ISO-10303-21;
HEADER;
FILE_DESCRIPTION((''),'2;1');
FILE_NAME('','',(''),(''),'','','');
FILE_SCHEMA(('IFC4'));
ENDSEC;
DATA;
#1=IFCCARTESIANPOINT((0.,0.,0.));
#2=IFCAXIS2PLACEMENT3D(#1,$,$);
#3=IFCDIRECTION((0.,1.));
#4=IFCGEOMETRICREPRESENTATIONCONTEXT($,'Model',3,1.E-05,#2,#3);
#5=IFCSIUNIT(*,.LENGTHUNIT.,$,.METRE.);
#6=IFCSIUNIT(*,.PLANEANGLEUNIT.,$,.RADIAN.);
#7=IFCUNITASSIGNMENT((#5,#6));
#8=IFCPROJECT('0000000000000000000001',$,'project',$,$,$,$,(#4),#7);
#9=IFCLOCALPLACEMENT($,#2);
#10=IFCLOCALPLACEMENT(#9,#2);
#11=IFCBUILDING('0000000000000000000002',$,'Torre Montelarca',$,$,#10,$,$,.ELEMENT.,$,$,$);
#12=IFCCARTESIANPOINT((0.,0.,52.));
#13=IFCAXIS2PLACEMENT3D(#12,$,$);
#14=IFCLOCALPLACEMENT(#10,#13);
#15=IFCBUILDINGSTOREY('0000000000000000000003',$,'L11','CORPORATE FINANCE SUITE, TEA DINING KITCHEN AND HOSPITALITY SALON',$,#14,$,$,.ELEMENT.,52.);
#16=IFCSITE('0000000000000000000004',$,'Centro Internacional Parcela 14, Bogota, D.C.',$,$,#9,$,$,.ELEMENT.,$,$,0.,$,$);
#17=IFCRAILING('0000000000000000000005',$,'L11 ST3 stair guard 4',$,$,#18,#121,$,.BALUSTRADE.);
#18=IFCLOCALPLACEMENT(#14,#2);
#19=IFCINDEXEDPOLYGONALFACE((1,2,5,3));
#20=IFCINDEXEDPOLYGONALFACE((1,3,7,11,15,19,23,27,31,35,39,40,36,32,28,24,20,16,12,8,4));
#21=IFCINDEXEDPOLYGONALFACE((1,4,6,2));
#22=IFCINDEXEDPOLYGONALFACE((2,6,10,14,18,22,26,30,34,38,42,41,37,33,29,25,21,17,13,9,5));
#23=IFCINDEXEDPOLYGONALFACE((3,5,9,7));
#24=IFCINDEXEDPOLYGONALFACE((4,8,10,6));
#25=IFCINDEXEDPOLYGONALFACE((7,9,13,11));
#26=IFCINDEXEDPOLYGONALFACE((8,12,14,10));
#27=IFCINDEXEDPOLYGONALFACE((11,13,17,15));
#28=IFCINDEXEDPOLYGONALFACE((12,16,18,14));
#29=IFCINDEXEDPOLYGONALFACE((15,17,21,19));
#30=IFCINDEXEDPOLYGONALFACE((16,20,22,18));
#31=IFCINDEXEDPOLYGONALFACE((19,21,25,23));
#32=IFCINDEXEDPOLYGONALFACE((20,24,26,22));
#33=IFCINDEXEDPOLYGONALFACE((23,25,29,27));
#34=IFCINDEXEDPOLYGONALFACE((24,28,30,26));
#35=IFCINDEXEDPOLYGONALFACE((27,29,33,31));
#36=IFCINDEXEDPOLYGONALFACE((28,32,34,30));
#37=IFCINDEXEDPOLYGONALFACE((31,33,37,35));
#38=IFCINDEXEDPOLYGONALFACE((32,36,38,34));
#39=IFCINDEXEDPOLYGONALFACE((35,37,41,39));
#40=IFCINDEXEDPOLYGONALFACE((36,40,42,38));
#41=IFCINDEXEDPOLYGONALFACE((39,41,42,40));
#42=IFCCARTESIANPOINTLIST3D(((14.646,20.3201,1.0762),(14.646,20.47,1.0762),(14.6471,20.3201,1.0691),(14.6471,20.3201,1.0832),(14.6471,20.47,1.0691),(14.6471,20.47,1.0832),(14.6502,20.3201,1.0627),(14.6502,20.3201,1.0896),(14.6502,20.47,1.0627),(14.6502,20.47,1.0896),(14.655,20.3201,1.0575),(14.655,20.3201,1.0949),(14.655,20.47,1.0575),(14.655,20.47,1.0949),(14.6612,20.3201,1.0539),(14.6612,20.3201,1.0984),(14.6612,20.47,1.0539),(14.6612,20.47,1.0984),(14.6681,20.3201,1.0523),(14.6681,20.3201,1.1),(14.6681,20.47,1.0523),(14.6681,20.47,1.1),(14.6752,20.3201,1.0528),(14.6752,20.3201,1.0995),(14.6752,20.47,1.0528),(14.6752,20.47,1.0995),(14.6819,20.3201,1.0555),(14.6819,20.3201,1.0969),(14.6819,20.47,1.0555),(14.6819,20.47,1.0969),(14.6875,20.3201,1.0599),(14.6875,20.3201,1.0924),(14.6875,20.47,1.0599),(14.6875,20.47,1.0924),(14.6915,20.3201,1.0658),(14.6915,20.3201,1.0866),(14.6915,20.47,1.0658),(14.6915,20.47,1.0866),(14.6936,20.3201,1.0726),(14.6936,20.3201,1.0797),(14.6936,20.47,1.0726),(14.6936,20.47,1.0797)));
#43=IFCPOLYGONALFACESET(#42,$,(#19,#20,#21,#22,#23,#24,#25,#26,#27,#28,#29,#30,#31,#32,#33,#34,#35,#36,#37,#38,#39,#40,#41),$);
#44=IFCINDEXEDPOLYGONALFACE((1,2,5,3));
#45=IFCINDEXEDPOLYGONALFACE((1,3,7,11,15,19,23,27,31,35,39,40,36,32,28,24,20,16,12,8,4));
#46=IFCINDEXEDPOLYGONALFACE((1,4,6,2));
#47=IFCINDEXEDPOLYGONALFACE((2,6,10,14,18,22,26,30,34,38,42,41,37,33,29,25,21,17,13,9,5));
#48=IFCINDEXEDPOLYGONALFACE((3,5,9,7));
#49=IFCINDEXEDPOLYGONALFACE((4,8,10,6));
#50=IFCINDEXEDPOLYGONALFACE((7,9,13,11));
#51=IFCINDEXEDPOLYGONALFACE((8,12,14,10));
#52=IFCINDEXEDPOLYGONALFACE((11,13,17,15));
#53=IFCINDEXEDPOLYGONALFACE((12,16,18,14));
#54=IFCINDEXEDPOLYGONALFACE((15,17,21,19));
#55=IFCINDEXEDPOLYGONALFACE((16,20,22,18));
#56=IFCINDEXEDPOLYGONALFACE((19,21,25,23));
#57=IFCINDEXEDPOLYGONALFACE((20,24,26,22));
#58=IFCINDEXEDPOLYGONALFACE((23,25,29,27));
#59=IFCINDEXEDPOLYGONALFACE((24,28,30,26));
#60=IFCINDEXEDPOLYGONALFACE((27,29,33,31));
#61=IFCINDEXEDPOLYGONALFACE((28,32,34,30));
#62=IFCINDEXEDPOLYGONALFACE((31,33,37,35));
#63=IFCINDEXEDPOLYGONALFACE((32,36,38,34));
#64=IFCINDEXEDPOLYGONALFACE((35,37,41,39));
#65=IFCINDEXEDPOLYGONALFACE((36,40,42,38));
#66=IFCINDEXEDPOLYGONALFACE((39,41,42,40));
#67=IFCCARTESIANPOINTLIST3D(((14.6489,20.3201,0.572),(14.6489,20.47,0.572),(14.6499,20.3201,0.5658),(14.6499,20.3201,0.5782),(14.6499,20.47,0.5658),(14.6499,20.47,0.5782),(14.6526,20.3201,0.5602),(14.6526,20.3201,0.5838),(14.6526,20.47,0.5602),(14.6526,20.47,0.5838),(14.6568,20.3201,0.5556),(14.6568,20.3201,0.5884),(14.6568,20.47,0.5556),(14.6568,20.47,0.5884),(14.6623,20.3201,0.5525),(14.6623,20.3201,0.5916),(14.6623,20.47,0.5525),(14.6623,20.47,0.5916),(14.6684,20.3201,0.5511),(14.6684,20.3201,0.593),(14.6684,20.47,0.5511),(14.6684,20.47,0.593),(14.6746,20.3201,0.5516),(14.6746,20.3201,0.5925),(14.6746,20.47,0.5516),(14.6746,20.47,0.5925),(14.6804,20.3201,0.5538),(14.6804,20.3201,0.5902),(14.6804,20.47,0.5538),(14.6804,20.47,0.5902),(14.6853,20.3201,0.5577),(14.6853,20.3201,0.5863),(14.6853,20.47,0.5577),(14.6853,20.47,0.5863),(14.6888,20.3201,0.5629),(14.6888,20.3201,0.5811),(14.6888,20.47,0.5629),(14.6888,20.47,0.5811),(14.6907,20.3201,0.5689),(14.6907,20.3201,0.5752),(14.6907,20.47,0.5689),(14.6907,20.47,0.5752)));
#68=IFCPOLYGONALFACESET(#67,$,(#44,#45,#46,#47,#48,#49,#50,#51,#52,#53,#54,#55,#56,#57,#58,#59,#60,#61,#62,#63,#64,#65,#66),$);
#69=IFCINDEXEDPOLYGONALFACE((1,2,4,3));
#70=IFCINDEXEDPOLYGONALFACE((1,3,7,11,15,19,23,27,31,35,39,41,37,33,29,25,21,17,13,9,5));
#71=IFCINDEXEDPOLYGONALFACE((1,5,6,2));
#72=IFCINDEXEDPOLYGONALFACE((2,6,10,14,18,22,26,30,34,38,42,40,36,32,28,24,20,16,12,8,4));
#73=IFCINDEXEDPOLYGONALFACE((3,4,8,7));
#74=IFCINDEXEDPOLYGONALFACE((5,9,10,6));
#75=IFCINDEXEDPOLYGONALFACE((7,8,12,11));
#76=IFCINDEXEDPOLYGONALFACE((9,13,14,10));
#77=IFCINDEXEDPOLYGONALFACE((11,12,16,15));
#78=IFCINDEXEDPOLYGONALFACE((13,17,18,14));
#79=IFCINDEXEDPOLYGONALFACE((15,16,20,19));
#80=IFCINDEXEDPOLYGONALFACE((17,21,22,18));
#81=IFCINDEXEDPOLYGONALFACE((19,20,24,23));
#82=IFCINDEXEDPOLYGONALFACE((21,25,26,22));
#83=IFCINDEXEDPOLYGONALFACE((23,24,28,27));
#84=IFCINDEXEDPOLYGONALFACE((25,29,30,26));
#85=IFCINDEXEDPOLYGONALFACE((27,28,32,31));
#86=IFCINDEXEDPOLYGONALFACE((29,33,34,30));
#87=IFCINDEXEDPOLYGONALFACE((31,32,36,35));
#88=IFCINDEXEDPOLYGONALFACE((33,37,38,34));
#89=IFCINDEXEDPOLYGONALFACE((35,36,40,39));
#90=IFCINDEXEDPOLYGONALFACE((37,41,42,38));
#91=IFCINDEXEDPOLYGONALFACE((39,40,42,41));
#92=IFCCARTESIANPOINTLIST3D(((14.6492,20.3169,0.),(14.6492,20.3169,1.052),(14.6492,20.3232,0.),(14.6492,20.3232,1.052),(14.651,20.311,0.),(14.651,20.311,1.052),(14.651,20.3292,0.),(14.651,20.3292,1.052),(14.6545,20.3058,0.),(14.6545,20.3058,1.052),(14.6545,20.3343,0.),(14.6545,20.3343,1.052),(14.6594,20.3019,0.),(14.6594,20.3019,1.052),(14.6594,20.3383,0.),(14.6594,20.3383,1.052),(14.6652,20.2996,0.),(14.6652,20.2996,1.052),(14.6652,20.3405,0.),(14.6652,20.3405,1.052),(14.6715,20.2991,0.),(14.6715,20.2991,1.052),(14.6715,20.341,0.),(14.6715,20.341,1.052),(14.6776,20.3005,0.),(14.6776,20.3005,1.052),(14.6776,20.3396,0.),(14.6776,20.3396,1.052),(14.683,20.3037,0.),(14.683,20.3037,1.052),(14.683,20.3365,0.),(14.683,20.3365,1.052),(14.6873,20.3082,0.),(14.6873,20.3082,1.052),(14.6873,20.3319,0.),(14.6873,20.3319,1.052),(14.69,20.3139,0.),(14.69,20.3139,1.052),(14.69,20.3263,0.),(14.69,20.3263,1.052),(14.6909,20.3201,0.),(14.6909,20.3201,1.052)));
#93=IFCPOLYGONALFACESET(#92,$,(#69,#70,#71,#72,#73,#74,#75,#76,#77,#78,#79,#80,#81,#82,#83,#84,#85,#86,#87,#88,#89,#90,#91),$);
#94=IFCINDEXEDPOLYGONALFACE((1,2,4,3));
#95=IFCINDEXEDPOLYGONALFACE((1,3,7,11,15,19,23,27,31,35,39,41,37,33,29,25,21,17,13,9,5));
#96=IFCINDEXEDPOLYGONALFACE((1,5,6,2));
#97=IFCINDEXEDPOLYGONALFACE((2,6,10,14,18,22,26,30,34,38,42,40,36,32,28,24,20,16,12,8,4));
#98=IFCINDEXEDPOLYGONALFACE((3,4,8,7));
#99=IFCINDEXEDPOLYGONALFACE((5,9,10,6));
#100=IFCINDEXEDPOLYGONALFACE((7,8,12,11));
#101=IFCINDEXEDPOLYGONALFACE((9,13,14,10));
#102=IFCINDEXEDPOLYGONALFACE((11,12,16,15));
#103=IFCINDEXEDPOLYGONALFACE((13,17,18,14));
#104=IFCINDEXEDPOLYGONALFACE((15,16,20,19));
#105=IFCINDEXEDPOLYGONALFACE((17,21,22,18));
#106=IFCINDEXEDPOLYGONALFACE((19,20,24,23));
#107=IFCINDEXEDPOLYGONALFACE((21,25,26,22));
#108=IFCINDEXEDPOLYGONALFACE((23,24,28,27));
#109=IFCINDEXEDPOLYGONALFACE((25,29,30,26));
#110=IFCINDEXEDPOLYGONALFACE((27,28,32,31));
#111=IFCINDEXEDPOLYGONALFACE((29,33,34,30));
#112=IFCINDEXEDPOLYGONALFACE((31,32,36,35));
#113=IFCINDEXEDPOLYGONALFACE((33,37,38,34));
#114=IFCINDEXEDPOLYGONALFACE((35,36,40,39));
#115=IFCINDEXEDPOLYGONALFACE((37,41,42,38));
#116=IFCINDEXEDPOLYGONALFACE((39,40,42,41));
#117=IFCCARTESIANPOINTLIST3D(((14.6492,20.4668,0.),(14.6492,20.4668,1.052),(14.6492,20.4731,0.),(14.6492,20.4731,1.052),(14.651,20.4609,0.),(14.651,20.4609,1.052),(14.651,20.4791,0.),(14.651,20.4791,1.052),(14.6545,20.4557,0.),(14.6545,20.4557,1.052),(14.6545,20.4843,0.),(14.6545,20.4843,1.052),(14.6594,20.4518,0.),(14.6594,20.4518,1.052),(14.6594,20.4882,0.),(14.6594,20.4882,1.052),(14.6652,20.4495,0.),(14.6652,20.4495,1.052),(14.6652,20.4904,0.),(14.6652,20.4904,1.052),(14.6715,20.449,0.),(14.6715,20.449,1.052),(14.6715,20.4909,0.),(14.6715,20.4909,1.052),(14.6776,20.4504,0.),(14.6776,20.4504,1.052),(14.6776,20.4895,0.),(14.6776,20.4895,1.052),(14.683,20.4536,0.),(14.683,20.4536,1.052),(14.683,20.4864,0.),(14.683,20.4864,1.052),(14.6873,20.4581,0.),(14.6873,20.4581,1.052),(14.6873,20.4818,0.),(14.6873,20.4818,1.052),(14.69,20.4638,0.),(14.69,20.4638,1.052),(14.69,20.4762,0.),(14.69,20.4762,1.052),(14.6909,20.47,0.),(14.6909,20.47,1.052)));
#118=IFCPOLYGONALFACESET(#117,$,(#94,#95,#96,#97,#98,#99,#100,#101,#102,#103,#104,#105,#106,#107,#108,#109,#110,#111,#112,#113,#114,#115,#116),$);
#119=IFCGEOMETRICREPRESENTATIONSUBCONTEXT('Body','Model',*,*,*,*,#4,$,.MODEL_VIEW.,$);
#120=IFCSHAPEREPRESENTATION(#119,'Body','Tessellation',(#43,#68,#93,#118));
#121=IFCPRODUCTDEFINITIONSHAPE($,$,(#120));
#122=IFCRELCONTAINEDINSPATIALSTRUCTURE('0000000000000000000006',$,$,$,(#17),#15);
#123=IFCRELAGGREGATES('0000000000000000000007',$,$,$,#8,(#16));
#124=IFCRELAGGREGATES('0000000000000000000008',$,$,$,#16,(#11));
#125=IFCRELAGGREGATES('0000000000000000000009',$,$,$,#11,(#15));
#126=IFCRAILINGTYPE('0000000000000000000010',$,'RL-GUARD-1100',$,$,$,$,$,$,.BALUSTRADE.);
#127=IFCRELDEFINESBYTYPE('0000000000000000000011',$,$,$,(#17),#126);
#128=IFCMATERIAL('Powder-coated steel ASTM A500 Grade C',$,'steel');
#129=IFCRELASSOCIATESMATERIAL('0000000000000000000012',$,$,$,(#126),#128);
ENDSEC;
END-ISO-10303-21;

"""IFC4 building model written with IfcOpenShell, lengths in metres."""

from ifc_helpers import new_model, si_unit, direction, frame, origin, origin_2d, place, context, subcontext, project, spatial, circle, extrude, material, type_object, element, save


model = new_model("IFC4")

# Units and contexts
model_context = context("Model", 3, precision=1e-05, world=origin(), true_north=direction((0.0, 1.0)))
body_context = subcontext(model_context, "Body", "Model", "MODEL_VIEW")
ifc_project = project(units=[si_unit("LENGTHUNIT", "METRE"), si_unit("PLANEANGLEUNIT", "RADIAN")], contexts=[model_context])

# Site, building, storey
site_placement = place(None, origin())
site = spatial("IfcSite", under=ifc_project, at=site_placement, Name="Centro Internacional Parcela 14, Bogota, D.C.", CompositionType="ELEMENT", RefElevation=0.0)
building_placement = place(site_placement, origin())
building = spatial("IfcBuilding", under=site, at=building_placement, Name="Torre Montelarca", CompositionType="ELEMENT")
storey_placement = place(building_placement, frame((0.0, 0.0, 52.0)))
storey = spatial("IfcBuildingStorey", under=building, at=storey_placement, Name="L11", Description="CORPORATE FINANCE SUITE, TEA DINING KITCHEN AND HOSPITALITY SALON", CompositionType="ELEMENT", Elevation=52.0)

# Railing
ifc_material_1 = material(Name="Powder-coated steel ASTM A500 Grade C", Category="steel")
railing_type_1 = type_object("IfcRailingType", Name="RL-GUARD-1100", PredefinedType="BALUSTRADE", material=ifc_material_1)
railing_1_placement = place(storey_placement, frame((14.6699, 20.3201, 0.0)))
element("IfcRailing", 1, at=railing_1_placement, inside=storey, type_object=railing_type_1, Name="L11 ST3 stair guard 4", PredefinedType="BALUSTRADE", context=body_context, shape_type="SweptSolid", body=[
    extrude(circle(Radius=0.0239, at=origin_2d()), frame((0.0, 0.0, 1.0762), z_axis=(0.0, 1.0, 0.0), x_axis=(-1.0, 0.0, 0.0)), (0.0, 0.0, 1.0), 0.1499),
    extrude(circle(Radius=0.021, at=origin_2d()), frame((0.0, 0.0, 0.572), z_axis=(0.0, 1.0, 0.0), x_axis=(-1.0, 0.0, 0.0)), (0.0, 0.0, 1.0), 0.1499),
    extrude(circle(Radius=0.021, at=origin_2d()), origin(), (0.0, 0.0, 1.0), 1.052),
    extrude(circle(Radius=0.021, at=origin_2d()), frame((0.0, 0.1499, 0.0)), (0.0, 0.0, 1.0), 1.052),
])

save(model, "model.ifc")
